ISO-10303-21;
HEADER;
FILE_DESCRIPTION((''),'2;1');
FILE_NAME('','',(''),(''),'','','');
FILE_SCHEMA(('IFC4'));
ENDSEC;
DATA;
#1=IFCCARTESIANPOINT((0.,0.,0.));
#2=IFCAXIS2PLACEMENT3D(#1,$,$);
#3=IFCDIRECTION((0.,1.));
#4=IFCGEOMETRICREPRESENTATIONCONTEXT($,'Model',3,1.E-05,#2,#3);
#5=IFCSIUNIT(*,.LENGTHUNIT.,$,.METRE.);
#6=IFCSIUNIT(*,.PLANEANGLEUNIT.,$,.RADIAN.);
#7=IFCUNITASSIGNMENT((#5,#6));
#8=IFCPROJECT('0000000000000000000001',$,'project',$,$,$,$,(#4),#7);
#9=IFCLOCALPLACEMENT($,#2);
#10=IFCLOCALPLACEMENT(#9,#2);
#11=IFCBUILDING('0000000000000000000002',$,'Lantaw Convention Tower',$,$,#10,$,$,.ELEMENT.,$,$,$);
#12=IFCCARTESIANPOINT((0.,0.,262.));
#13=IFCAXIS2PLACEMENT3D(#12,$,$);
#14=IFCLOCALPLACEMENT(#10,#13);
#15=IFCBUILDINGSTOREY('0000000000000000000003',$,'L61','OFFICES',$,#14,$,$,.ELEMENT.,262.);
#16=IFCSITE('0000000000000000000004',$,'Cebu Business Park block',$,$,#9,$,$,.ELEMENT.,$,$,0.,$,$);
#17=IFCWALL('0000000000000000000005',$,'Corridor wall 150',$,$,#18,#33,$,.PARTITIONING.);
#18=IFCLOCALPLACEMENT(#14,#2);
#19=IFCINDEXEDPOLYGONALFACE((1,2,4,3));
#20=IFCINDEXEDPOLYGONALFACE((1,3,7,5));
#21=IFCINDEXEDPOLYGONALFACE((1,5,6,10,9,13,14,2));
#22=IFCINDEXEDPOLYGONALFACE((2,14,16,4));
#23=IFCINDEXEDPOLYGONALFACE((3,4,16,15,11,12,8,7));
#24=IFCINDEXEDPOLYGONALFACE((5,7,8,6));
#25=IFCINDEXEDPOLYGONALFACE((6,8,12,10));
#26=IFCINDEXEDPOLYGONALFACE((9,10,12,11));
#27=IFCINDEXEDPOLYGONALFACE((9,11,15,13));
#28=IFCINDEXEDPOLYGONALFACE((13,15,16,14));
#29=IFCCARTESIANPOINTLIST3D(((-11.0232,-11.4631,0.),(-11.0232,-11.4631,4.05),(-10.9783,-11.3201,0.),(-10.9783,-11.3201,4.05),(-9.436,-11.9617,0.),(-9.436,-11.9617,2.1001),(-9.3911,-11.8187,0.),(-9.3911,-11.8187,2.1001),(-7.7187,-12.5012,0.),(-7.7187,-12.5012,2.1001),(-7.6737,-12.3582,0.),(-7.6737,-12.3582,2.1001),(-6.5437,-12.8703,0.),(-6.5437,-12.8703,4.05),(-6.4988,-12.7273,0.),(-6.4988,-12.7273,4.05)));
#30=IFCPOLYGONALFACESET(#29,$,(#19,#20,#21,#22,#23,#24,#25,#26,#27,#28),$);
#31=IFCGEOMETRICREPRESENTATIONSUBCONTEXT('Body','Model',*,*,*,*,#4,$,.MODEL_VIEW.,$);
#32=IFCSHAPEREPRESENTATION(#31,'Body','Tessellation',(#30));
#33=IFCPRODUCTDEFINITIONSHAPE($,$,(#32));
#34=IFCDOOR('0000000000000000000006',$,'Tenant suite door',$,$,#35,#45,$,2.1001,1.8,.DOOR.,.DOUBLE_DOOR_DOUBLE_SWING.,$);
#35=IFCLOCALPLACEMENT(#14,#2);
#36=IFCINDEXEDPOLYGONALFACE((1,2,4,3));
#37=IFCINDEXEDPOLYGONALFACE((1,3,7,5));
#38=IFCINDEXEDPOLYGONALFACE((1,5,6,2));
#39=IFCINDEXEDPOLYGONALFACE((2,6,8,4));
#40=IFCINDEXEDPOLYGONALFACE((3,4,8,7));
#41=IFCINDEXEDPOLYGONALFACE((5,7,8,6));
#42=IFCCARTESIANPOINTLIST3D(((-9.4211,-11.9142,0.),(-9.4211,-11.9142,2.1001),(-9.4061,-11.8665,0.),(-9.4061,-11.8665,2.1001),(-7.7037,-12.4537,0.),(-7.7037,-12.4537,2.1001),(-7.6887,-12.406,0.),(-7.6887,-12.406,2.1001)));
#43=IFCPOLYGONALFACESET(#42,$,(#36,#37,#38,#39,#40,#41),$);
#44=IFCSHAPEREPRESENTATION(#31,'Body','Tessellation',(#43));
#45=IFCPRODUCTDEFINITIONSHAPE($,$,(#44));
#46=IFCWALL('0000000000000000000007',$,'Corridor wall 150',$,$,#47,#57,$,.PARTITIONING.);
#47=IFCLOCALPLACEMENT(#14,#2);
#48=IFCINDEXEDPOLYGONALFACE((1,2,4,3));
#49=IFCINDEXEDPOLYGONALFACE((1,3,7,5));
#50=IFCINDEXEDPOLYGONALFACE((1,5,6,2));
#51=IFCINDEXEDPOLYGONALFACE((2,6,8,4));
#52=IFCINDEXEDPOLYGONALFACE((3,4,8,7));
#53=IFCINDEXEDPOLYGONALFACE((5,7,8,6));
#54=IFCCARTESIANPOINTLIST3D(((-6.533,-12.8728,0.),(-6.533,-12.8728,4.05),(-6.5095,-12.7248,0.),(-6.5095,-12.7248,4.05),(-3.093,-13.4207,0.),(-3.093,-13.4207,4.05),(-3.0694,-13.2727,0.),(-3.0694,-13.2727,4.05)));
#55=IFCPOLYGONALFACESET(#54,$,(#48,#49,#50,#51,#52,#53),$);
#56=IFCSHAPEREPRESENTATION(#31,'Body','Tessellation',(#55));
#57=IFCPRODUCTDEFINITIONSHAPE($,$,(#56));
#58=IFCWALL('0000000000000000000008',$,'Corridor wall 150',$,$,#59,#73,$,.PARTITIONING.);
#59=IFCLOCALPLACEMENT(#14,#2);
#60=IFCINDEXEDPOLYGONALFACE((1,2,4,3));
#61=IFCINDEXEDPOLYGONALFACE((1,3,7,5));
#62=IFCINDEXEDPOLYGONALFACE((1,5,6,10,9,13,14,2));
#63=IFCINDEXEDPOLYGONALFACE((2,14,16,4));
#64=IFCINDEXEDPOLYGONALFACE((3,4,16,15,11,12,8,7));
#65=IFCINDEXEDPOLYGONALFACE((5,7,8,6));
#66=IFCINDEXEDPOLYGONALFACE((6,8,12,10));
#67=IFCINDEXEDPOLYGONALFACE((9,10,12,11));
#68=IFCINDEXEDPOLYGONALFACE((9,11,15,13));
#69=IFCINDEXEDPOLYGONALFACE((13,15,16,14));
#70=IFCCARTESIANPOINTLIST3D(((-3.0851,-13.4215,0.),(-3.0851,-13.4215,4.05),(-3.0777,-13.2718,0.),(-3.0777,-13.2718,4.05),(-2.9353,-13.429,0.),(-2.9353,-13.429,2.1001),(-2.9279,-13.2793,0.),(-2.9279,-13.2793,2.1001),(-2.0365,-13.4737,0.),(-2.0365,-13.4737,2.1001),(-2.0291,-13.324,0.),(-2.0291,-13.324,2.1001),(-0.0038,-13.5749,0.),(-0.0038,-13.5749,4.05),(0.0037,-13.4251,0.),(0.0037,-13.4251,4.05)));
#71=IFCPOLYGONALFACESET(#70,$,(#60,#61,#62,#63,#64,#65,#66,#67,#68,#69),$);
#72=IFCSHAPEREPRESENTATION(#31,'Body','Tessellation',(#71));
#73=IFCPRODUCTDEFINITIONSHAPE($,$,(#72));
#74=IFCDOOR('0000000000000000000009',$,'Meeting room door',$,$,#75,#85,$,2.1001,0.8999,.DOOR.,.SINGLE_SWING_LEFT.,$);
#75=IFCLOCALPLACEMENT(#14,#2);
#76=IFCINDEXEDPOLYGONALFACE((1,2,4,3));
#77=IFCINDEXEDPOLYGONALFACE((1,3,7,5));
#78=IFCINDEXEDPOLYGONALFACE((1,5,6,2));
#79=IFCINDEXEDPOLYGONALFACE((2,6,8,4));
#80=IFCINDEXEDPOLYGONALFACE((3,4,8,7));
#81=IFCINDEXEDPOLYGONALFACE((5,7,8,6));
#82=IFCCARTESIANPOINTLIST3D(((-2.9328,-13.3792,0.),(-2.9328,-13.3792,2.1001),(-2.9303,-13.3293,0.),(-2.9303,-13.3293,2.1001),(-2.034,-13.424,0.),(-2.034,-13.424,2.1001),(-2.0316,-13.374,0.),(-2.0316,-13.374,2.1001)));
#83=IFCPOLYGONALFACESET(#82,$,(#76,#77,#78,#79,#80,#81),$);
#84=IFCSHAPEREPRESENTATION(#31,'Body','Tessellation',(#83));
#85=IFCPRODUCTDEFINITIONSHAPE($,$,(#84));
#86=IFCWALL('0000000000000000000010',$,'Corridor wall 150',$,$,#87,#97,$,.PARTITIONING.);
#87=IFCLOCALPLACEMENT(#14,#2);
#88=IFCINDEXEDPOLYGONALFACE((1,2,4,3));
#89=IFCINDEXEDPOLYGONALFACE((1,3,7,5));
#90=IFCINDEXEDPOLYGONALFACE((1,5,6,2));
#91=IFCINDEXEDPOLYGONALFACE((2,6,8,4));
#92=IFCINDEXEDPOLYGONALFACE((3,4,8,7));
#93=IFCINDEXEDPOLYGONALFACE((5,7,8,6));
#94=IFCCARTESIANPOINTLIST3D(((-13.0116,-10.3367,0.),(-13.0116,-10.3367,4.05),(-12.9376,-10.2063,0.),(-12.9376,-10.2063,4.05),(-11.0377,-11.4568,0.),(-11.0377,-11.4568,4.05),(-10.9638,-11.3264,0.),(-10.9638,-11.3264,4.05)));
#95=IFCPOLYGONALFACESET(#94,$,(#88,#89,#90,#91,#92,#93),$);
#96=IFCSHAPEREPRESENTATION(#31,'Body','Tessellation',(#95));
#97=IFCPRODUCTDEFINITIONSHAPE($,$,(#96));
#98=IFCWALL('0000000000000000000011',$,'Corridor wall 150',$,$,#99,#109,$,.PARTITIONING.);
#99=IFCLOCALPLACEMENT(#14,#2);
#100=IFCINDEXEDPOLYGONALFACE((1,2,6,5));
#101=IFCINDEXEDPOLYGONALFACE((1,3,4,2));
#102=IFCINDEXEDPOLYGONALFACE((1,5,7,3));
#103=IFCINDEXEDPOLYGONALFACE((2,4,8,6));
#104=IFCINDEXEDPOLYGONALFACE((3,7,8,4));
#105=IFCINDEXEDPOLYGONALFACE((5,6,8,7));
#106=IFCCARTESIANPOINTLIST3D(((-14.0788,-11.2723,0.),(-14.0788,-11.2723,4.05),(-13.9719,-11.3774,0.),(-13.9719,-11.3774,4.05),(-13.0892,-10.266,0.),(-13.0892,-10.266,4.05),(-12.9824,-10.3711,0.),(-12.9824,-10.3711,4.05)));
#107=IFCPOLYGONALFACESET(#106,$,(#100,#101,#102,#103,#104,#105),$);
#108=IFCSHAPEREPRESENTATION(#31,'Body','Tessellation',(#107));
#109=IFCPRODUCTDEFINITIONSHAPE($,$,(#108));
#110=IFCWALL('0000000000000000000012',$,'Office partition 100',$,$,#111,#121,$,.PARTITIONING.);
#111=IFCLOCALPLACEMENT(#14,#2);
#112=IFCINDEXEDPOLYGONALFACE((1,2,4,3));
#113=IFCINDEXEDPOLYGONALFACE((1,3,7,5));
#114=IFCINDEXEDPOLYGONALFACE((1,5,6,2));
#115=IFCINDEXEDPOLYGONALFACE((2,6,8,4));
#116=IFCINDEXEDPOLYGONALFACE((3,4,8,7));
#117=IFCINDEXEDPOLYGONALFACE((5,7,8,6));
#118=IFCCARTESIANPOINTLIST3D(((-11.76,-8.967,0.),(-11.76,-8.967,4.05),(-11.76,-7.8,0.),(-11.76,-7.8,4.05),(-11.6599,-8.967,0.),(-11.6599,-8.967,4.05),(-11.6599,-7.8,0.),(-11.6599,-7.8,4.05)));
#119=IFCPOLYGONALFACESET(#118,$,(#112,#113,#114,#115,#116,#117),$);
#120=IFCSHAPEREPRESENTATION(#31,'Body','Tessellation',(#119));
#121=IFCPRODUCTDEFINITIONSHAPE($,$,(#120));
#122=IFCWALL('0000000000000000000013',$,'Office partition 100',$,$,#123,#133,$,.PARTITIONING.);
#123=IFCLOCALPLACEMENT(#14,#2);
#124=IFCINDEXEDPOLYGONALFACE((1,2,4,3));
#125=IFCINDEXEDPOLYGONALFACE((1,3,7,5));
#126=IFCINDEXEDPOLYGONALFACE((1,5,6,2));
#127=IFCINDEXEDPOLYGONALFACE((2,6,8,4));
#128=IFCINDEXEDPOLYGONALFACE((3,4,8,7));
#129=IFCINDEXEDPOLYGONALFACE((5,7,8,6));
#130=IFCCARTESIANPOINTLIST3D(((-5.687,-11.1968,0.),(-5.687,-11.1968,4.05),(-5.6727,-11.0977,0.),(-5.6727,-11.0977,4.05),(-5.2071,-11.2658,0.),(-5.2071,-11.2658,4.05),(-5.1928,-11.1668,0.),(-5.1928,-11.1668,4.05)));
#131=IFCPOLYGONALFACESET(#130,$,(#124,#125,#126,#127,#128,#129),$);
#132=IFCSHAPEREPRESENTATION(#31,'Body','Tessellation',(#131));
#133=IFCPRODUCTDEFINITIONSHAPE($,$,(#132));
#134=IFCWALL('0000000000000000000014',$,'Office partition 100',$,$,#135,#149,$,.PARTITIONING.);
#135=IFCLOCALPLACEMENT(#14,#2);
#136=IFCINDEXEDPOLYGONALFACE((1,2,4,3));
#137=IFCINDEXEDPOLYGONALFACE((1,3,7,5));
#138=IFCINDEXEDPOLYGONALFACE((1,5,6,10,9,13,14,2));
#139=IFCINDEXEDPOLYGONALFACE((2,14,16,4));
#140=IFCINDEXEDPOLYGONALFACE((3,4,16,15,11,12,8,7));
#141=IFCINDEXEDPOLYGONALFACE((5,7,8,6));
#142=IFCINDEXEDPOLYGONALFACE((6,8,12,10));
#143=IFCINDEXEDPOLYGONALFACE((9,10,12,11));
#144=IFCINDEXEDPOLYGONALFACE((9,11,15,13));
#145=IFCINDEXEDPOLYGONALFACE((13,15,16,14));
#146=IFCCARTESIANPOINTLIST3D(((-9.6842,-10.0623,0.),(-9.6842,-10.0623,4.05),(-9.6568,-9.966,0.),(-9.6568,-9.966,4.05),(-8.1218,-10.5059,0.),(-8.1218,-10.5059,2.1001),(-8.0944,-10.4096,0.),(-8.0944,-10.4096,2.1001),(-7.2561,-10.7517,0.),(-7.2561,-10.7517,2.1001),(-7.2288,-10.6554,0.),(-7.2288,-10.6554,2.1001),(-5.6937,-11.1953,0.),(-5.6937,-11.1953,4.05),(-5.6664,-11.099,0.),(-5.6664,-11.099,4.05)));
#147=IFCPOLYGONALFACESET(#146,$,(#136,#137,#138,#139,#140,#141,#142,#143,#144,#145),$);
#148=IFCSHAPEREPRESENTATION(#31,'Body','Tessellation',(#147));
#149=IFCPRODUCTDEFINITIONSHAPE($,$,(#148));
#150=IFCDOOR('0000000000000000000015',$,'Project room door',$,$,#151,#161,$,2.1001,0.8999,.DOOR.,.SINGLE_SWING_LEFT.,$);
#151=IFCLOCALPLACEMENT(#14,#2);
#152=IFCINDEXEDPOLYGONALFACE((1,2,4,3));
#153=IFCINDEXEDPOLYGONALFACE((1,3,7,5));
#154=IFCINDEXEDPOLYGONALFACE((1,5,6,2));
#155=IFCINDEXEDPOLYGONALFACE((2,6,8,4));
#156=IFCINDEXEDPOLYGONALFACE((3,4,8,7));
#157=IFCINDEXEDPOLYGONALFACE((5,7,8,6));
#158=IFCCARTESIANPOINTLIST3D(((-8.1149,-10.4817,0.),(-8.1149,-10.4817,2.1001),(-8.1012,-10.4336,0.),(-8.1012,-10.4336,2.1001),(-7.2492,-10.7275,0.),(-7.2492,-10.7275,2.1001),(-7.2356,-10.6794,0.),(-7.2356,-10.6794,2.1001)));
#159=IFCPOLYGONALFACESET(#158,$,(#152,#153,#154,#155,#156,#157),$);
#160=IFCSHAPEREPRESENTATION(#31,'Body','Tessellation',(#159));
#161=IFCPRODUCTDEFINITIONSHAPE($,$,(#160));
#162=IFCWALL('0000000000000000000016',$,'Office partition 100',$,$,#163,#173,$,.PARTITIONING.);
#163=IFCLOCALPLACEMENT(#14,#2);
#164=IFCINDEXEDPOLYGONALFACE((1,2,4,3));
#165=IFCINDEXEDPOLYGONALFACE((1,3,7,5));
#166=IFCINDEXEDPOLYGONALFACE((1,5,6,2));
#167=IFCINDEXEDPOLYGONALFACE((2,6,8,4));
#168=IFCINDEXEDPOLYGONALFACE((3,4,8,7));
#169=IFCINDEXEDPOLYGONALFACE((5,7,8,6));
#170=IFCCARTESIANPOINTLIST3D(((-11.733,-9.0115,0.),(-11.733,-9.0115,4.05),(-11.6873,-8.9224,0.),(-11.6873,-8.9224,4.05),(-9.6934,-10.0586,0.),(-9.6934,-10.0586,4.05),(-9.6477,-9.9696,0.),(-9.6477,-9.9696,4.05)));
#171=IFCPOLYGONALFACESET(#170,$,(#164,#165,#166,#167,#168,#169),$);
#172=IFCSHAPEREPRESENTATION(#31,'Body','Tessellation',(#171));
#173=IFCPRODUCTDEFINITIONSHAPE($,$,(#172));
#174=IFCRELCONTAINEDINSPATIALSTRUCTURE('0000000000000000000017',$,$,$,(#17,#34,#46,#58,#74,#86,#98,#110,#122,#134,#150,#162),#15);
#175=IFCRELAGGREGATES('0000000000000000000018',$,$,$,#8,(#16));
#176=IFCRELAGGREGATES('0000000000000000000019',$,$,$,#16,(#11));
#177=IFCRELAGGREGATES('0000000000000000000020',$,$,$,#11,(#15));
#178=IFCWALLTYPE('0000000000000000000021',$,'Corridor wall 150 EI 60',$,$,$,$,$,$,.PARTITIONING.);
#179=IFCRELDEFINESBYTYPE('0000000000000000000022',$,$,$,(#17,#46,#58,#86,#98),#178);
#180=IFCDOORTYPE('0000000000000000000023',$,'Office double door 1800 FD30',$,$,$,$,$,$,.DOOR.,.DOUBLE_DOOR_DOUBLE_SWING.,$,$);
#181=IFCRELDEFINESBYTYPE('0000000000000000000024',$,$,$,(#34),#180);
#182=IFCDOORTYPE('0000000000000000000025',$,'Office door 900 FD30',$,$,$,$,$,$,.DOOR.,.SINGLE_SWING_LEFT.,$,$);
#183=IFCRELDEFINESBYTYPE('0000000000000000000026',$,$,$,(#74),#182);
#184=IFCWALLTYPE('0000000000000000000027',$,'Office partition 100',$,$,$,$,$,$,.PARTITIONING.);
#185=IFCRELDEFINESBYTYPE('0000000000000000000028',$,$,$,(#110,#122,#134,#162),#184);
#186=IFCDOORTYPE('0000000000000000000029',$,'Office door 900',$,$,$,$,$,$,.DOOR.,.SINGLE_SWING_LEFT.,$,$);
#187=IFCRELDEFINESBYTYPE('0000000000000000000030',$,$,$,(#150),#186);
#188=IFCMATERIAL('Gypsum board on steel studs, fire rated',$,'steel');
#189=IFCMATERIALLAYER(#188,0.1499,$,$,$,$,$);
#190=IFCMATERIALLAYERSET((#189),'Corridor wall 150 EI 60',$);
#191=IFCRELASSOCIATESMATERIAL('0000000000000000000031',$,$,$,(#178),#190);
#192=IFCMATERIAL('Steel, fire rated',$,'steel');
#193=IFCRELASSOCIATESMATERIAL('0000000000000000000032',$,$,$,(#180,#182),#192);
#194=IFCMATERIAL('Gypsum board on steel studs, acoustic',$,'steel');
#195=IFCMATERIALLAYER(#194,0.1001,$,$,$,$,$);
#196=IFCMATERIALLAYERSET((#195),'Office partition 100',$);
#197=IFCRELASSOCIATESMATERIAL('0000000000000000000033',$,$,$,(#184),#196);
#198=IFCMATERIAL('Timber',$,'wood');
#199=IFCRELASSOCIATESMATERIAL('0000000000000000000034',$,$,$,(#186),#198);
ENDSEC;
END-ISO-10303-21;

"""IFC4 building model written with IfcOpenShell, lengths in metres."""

from ifc_helpers import new_model, si_unit, direction, frame, frame_2d, origin, place, context, subcontext, project, spatial, rectangle, extrude, material, layer, layer_set, type_object, element, fill, save


model = new_model("IFC4")

# Units and contexts
model_context = context("Model", 3, precision=1e-05, world=origin(), true_north=direction((0.0, 1.0)))
body_context = subcontext(model_context, "Body", "Model", "MODEL_VIEW")
ifc_project = project(units=[si_unit("LENGTHUNIT", "METRE"), si_unit("PLANEANGLEUNIT", "RADIAN")], contexts=[model_context])

# Site, building, storey
site_placement = place(None, origin())
site = spatial("IfcSite", under=ifc_project, at=site_placement, Name="Cebu Business Park block", CompositionType="ELEMENT", RefElevation=0.0)
building_placement = place(site_placement, origin())
building = spatial("IfcBuilding", under=site, at=building_placement, Name="Lantaw Convention Tower", CompositionType="ELEMENT")
storey_placement = place(building_placement, frame((0.0, 0.0, 262.0)))
storey = spatial("IfcBuildingStorey", under=building, at=storey_placement, Name="L61", Description="OFFICES", CompositionType="ELEMENT", Elevation=262.0)

# Wall, opening, door
ifc_material_1 = material(Name="Gypsum board on steel studs, fire rated", Category="steel")
ifc_layer_1 = layer(ifc_material_1, 0.1499)
ifc_layer_set_1 = layer_set([ifc_layer_1], Name="Corridor wall 150 EI 60")
wall_type_1 = type_object("IfcWallType", Name="Corridor wall 150 EI 60", PredefinedType="PARTITIONING", material=ifc_layer_set_1)
wall_1_placement = place(storey_placement, frame((-11.0007, -11.3916, 0.0), z_axis=(0.0, 0.0, 1.0), x_axis=(0.954031, -0.299708, 0.0)))
wall_1 = element("IfcWall", 1, at=wall_1_placement, inside=storey, type_object=wall_type_1, Name="Corridor wall 150", PredefinedType="PARTITIONING", context=body_context, shape_type="SweptSolid", body=[
    extrude(rectangle(XDim=4.6953, YDim=0.1499, at=frame_2d((2.3477, 0.0))), origin(), (0.0, 0.0, 1.0), 4.05),
])
opening_1_placement = place(wall_1_placement, frame((1.6638, 0.0, 0.0)))
opening_1 = element("IfcOpeningElement", 2, at=opening_1_placement, cuts=wall_1, PredefinedType="OPENING", context=body_context, shape_type="SweptSolid", body=[
    extrude(rectangle(XDim=1.8, YDim=2.1001, at=frame_2d((0.8999, 1.05))), frame((0.0, 0.085, 0.0), z_axis=(0.0, -1.0, 0.0), x_axis=(1.0, 0.0, 0.0)), (0.0, 0.0, 1.0), 0.1699),
])
ifc_material_2 = material(Name="Steel, fire rated", Category="steel")
door_type_1 = type_object("IfcDoorType", Name="Office double door 1800 FD30", OperationType="DOUBLE_DOOR_DOUBLE_SWING", PredefinedType="DOOR", material=ifc_material_2)
door_1_placement = place(opening_1_placement, origin())
door_1 = element("IfcDoor", 3, at=door_1_placement, inside=storey, type_object=door_type_1, Name="Tenant suite door", OperationType="DOUBLE_DOOR_DOUBLE_SWING", OverallHeight=2.1001, OverallWidth=1.8, PredefinedType="DOOR", context=body_context, shape_type="SweptSolid", body=[
    extrude(rectangle(XDim=1.8, YDim=2.1001, at=frame_2d((0.8999, 1.05))), frame((0.0, 0.0249, 0.0), z_axis=(0.0, -1.0, 0.0), x_axis=(1.0, 0.0, 0.0)), (0.0, 0.0, 1.0), 0.05),
])
fill(opening_1, door_1)

# Wall
wall_2_placement = place(storey_placement, frame((-6.5212, -12.7988, 0.0), z_axis=(0.0, 0.0, 1.0), x_axis=(0.987554, -0.15728, 0.0)))
element("IfcWall", 4, at=wall_2_placement, inside=storey, type_object=wall_type_1, Name="Corridor wall 150", PredefinedType="PARTITIONING", context=body_context, shape_type="SweptSolid", body=[
    extrude(rectangle(XDim=3.4834, YDim=0.1499, at=frame_2d((1.7417, 0.0))), origin(), (0.0, 0.0, 1.0), 4.05),
])

# Wall, opening, door
wall_3_placement = place(storey_placement, frame((-3.0813, -13.3467, 0.0), z_axis=(0.0, 0.0, 1.0), x_axis=(0.998764, -0.049697, 0.0)))
wall_3 = element("IfcWall", 5, at=wall_3_placement, inside=storey, type_object=wall_type_1, Name="Corridor wall 150", PredefinedType="PARTITIONING", context=body_context, shape_type="SweptSolid", body=[
    extrude(rectangle(XDim=3.0852, YDim=0.1499, at=frame_2d((1.5425, 0.0))), origin(), (0.0, 0.0, 1.0), 4.05),
])
opening_2_placement = place(wall_3_placement, frame((0.1499, 0.0, 0.0)))
opening_2 = element("IfcOpeningElement", 6, at=opening_2_placement, cuts=wall_3, PredefinedType="OPENING", context=body_context, shape_type="SweptSolid", body=[
    extrude(rectangle(XDim=0.8999, YDim=2.1001, at=frame_2d((0.45, 1.05))), frame((0.0, 0.085, 0.0), z_axis=(0.0, -1.0, 0.0), x_axis=(1.0, 0.0, 0.0)), (0.0, 0.0, 1.0), 0.1699),
])
door_type_2 = type_object("IfcDoorType", Name="Office door 900 FD30", OperationType="SINGLE_SWING_LEFT", PredefinedType="DOOR", material=ifc_material_2)
door_2_placement = place(opening_2_placement, origin())
door_2 = element("IfcDoor", 7, at=door_2_placement, inside=storey, type_object=door_type_2, Name="Meeting room door", OperationType="SINGLE_SWING_LEFT", OverallHeight=2.1001, OverallWidth=0.8999, PredefinedType="DOOR", context=body_context, shape_type="SweptSolid", body=[
    extrude(rectangle(XDim=0.8999, YDim=2.1001, at=frame_2d((0.45, 1.05))), frame((0.0, 0.0249, 0.0), z_axis=(0.0, -1.0, 0.0), x_axis=(1.0, 0.0, 0.0)), (0.0, 0.0, 1.0), 0.05),
])
fill(opening_2, door_2)

# Walls
wall_4_placement = place(storey_placement, frame((-12.9746, -10.2715, 0.0), z_axis=(0.0, 0.0, 1.0), x_axis=(0.869722, -0.493542, 0.0)))
element("IfcWall", 8, at=wall_4_placement, inside=storey, type_object=wall_type_1, Name="Corridor wall 150", PredefinedType="PARTITIONING", context=body_context, shape_type="SweptSolid", body=[
    extrude(rectangle(XDim=2.2695, YDim=0.1499, at=frame_2d((1.1348, 0.0))), origin(), (0.0, 0.0, 1.0), 4.05),
])
wall_5_placement = place(storey_placement, frame((-13.0359, -10.3186, 0.0), z_axis=(0.0, 0.0, 1.0), x_axis=(-0.701114, -0.71305, 0.0)))
element("IfcWall", 9, at=wall_5_placement, inside=storey, type_object=wall_type_1, Name="Corridor wall 150", PredefinedType="PARTITIONING", context=body_context, shape_type="SweptSolid", body=[
    extrude(rectangle(XDim=1.4114, YDim=0.1499, at=frame_2d((0.7056, 0.0))), origin(), (0.0, 0.0, 1.0), 4.05),
])
ifc_material_3 = material(Name="Gypsum board on steel studs, acoustic", Category="steel")
ifc_layer_2 = layer(ifc_material_3, 0.1001)
ifc_layer_set_2 = layer_set([ifc_layer_2], Name="Office partition 100")
wall_type_2 = type_object("IfcWallType", Name="Office partition 100", PredefinedType="PARTITIONING", material=ifc_layer_set_2)
wall_6_placement = place(storey_placement, frame((-11.71, -7.8, 0.0), z_axis=(0.0, 0.0, 1.0), x_axis=(0.0, -1.0, 0.0)))
element("IfcWall", 10, at=wall_6_placement, inside=storey, type_object=wall_type_2, Name="Office partition 100", PredefinedType="PARTITIONING", context=body_context, shape_type="SweptSolid", body=[
    extrude(rectangle(XDim=1.167, YDim=0.1001, at=frame_2d((0.5835, 0.0))), origin(), (0.0, 0.0, 1.0), 4.05),
])
wall_7_placement = place(storey_placement, frame((-5.2, -11.2163, 0.0), z_axis=(0.0, 0.0, 1.0), x_axis=(-0.989798, 0.142479, 0.0)))
element("IfcWall", 11, at=wall_7_placement, inside=storey, type_object=wall_type_2, Name="Office partition 100", PredefinedType="PARTITIONING", context=body_context, shape_type="SweptSolid", body=[
    extrude(rectangle(XDim=0.4849, YDim=0.1001, at=frame_2d((0.2424, 0.0))), origin(), (0.0, 0.0, 1.0), 4.05),
])

# Wall, opening, door
wall_8_placement = place(storey_placement, frame((-5.6799, -11.1472, 0.0), z_axis=(0.0, 0.0, 1.0), x_axis=(-0.961973, 0.273143, 0.0)))
wall_8 = element("IfcWall", 12, at=wall_8_placement, inside=storey, type_object=wall_type_2, Name="Office partition 100", PredefinedType="PARTITIONING", context=body_context, shape_type="SweptSolid", body=[
    extrude(rectangle(XDim=4.1482, YDim=0.1001, at=frame_2d((2.0742, 0.0))), origin(), (0.0, 0.0, 1.0), 4.05),
])
opening_3_placement = place(wall_8_placement, frame((1.6243, 0.0, 0.0)))
opening_3 = element("IfcOpeningElement", 13, at=opening_3_placement, cuts=wall_8, PredefinedType="OPENING", context=body_context, shape_type="SweptSolid", body=[
    extrude(rectangle(XDim=0.8999, YDim=2.1001, at=frame_2d((0.45, 1.05))), frame((0.0, 0.0601, 0.0), z_axis=(0.0, -1.0, 0.0), x_axis=(1.0, 0.0, 0.0)), (0.0, 0.0, 1.0), 0.1201),
])
ifc_material_4 = material(Name="Timber", Category="wood")
door_type_3 = type_object("IfcDoorType", Name="Office door 900", OperationType="SINGLE_SWING_LEFT", PredefinedType="DOOR", material=ifc_material_4)
door_3_placement = place(opening_3_placement, origin())
door_3 = element("IfcDoor", 14, at=door_3_placement, inside=storey, type_object=door_type_3, Name="Project room door", OperationType="SINGLE_SWING_LEFT", OverallHeight=2.1001, OverallWidth=0.8999, PredefinedType="DOOR", context=body_context, shape_type="SweptSolid", body=[
    extrude(rectangle(XDim=0.8999, YDim=2.1001, at=frame_2d((0.45, 1.05))), frame((0.0, 0.0249, 0.0), z_axis=(0.0, -1.0, 0.0), x_axis=(1.0, 0.0, 0.0)), (0.0, 0.0, 1.0), 0.05),
])
fill(opening_3, door_3)

# Wall
wall_9_placement = place(storey_placement, frame((-9.6704, -10.0142, 0.0), z_axis=(0.0, 0.0, 1.0), x_axis=(-0.889606, 0.45673, 0.0)))
element("IfcWall", 15, at=wall_9_placement, inside=storey, type_object=wall_type_2, Name="Office partition 100", PredefinedType="PARTITIONING", context=body_context, shape_type="SweptSolid", body=[
    extrude(rectangle(XDim=2.2927, YDim=0.1001, at=frame_2d((1.1465, 0.0))), origin(), (0.0, 0.0, 1.0), 4.05),
])

save(model, "model.ifc")
